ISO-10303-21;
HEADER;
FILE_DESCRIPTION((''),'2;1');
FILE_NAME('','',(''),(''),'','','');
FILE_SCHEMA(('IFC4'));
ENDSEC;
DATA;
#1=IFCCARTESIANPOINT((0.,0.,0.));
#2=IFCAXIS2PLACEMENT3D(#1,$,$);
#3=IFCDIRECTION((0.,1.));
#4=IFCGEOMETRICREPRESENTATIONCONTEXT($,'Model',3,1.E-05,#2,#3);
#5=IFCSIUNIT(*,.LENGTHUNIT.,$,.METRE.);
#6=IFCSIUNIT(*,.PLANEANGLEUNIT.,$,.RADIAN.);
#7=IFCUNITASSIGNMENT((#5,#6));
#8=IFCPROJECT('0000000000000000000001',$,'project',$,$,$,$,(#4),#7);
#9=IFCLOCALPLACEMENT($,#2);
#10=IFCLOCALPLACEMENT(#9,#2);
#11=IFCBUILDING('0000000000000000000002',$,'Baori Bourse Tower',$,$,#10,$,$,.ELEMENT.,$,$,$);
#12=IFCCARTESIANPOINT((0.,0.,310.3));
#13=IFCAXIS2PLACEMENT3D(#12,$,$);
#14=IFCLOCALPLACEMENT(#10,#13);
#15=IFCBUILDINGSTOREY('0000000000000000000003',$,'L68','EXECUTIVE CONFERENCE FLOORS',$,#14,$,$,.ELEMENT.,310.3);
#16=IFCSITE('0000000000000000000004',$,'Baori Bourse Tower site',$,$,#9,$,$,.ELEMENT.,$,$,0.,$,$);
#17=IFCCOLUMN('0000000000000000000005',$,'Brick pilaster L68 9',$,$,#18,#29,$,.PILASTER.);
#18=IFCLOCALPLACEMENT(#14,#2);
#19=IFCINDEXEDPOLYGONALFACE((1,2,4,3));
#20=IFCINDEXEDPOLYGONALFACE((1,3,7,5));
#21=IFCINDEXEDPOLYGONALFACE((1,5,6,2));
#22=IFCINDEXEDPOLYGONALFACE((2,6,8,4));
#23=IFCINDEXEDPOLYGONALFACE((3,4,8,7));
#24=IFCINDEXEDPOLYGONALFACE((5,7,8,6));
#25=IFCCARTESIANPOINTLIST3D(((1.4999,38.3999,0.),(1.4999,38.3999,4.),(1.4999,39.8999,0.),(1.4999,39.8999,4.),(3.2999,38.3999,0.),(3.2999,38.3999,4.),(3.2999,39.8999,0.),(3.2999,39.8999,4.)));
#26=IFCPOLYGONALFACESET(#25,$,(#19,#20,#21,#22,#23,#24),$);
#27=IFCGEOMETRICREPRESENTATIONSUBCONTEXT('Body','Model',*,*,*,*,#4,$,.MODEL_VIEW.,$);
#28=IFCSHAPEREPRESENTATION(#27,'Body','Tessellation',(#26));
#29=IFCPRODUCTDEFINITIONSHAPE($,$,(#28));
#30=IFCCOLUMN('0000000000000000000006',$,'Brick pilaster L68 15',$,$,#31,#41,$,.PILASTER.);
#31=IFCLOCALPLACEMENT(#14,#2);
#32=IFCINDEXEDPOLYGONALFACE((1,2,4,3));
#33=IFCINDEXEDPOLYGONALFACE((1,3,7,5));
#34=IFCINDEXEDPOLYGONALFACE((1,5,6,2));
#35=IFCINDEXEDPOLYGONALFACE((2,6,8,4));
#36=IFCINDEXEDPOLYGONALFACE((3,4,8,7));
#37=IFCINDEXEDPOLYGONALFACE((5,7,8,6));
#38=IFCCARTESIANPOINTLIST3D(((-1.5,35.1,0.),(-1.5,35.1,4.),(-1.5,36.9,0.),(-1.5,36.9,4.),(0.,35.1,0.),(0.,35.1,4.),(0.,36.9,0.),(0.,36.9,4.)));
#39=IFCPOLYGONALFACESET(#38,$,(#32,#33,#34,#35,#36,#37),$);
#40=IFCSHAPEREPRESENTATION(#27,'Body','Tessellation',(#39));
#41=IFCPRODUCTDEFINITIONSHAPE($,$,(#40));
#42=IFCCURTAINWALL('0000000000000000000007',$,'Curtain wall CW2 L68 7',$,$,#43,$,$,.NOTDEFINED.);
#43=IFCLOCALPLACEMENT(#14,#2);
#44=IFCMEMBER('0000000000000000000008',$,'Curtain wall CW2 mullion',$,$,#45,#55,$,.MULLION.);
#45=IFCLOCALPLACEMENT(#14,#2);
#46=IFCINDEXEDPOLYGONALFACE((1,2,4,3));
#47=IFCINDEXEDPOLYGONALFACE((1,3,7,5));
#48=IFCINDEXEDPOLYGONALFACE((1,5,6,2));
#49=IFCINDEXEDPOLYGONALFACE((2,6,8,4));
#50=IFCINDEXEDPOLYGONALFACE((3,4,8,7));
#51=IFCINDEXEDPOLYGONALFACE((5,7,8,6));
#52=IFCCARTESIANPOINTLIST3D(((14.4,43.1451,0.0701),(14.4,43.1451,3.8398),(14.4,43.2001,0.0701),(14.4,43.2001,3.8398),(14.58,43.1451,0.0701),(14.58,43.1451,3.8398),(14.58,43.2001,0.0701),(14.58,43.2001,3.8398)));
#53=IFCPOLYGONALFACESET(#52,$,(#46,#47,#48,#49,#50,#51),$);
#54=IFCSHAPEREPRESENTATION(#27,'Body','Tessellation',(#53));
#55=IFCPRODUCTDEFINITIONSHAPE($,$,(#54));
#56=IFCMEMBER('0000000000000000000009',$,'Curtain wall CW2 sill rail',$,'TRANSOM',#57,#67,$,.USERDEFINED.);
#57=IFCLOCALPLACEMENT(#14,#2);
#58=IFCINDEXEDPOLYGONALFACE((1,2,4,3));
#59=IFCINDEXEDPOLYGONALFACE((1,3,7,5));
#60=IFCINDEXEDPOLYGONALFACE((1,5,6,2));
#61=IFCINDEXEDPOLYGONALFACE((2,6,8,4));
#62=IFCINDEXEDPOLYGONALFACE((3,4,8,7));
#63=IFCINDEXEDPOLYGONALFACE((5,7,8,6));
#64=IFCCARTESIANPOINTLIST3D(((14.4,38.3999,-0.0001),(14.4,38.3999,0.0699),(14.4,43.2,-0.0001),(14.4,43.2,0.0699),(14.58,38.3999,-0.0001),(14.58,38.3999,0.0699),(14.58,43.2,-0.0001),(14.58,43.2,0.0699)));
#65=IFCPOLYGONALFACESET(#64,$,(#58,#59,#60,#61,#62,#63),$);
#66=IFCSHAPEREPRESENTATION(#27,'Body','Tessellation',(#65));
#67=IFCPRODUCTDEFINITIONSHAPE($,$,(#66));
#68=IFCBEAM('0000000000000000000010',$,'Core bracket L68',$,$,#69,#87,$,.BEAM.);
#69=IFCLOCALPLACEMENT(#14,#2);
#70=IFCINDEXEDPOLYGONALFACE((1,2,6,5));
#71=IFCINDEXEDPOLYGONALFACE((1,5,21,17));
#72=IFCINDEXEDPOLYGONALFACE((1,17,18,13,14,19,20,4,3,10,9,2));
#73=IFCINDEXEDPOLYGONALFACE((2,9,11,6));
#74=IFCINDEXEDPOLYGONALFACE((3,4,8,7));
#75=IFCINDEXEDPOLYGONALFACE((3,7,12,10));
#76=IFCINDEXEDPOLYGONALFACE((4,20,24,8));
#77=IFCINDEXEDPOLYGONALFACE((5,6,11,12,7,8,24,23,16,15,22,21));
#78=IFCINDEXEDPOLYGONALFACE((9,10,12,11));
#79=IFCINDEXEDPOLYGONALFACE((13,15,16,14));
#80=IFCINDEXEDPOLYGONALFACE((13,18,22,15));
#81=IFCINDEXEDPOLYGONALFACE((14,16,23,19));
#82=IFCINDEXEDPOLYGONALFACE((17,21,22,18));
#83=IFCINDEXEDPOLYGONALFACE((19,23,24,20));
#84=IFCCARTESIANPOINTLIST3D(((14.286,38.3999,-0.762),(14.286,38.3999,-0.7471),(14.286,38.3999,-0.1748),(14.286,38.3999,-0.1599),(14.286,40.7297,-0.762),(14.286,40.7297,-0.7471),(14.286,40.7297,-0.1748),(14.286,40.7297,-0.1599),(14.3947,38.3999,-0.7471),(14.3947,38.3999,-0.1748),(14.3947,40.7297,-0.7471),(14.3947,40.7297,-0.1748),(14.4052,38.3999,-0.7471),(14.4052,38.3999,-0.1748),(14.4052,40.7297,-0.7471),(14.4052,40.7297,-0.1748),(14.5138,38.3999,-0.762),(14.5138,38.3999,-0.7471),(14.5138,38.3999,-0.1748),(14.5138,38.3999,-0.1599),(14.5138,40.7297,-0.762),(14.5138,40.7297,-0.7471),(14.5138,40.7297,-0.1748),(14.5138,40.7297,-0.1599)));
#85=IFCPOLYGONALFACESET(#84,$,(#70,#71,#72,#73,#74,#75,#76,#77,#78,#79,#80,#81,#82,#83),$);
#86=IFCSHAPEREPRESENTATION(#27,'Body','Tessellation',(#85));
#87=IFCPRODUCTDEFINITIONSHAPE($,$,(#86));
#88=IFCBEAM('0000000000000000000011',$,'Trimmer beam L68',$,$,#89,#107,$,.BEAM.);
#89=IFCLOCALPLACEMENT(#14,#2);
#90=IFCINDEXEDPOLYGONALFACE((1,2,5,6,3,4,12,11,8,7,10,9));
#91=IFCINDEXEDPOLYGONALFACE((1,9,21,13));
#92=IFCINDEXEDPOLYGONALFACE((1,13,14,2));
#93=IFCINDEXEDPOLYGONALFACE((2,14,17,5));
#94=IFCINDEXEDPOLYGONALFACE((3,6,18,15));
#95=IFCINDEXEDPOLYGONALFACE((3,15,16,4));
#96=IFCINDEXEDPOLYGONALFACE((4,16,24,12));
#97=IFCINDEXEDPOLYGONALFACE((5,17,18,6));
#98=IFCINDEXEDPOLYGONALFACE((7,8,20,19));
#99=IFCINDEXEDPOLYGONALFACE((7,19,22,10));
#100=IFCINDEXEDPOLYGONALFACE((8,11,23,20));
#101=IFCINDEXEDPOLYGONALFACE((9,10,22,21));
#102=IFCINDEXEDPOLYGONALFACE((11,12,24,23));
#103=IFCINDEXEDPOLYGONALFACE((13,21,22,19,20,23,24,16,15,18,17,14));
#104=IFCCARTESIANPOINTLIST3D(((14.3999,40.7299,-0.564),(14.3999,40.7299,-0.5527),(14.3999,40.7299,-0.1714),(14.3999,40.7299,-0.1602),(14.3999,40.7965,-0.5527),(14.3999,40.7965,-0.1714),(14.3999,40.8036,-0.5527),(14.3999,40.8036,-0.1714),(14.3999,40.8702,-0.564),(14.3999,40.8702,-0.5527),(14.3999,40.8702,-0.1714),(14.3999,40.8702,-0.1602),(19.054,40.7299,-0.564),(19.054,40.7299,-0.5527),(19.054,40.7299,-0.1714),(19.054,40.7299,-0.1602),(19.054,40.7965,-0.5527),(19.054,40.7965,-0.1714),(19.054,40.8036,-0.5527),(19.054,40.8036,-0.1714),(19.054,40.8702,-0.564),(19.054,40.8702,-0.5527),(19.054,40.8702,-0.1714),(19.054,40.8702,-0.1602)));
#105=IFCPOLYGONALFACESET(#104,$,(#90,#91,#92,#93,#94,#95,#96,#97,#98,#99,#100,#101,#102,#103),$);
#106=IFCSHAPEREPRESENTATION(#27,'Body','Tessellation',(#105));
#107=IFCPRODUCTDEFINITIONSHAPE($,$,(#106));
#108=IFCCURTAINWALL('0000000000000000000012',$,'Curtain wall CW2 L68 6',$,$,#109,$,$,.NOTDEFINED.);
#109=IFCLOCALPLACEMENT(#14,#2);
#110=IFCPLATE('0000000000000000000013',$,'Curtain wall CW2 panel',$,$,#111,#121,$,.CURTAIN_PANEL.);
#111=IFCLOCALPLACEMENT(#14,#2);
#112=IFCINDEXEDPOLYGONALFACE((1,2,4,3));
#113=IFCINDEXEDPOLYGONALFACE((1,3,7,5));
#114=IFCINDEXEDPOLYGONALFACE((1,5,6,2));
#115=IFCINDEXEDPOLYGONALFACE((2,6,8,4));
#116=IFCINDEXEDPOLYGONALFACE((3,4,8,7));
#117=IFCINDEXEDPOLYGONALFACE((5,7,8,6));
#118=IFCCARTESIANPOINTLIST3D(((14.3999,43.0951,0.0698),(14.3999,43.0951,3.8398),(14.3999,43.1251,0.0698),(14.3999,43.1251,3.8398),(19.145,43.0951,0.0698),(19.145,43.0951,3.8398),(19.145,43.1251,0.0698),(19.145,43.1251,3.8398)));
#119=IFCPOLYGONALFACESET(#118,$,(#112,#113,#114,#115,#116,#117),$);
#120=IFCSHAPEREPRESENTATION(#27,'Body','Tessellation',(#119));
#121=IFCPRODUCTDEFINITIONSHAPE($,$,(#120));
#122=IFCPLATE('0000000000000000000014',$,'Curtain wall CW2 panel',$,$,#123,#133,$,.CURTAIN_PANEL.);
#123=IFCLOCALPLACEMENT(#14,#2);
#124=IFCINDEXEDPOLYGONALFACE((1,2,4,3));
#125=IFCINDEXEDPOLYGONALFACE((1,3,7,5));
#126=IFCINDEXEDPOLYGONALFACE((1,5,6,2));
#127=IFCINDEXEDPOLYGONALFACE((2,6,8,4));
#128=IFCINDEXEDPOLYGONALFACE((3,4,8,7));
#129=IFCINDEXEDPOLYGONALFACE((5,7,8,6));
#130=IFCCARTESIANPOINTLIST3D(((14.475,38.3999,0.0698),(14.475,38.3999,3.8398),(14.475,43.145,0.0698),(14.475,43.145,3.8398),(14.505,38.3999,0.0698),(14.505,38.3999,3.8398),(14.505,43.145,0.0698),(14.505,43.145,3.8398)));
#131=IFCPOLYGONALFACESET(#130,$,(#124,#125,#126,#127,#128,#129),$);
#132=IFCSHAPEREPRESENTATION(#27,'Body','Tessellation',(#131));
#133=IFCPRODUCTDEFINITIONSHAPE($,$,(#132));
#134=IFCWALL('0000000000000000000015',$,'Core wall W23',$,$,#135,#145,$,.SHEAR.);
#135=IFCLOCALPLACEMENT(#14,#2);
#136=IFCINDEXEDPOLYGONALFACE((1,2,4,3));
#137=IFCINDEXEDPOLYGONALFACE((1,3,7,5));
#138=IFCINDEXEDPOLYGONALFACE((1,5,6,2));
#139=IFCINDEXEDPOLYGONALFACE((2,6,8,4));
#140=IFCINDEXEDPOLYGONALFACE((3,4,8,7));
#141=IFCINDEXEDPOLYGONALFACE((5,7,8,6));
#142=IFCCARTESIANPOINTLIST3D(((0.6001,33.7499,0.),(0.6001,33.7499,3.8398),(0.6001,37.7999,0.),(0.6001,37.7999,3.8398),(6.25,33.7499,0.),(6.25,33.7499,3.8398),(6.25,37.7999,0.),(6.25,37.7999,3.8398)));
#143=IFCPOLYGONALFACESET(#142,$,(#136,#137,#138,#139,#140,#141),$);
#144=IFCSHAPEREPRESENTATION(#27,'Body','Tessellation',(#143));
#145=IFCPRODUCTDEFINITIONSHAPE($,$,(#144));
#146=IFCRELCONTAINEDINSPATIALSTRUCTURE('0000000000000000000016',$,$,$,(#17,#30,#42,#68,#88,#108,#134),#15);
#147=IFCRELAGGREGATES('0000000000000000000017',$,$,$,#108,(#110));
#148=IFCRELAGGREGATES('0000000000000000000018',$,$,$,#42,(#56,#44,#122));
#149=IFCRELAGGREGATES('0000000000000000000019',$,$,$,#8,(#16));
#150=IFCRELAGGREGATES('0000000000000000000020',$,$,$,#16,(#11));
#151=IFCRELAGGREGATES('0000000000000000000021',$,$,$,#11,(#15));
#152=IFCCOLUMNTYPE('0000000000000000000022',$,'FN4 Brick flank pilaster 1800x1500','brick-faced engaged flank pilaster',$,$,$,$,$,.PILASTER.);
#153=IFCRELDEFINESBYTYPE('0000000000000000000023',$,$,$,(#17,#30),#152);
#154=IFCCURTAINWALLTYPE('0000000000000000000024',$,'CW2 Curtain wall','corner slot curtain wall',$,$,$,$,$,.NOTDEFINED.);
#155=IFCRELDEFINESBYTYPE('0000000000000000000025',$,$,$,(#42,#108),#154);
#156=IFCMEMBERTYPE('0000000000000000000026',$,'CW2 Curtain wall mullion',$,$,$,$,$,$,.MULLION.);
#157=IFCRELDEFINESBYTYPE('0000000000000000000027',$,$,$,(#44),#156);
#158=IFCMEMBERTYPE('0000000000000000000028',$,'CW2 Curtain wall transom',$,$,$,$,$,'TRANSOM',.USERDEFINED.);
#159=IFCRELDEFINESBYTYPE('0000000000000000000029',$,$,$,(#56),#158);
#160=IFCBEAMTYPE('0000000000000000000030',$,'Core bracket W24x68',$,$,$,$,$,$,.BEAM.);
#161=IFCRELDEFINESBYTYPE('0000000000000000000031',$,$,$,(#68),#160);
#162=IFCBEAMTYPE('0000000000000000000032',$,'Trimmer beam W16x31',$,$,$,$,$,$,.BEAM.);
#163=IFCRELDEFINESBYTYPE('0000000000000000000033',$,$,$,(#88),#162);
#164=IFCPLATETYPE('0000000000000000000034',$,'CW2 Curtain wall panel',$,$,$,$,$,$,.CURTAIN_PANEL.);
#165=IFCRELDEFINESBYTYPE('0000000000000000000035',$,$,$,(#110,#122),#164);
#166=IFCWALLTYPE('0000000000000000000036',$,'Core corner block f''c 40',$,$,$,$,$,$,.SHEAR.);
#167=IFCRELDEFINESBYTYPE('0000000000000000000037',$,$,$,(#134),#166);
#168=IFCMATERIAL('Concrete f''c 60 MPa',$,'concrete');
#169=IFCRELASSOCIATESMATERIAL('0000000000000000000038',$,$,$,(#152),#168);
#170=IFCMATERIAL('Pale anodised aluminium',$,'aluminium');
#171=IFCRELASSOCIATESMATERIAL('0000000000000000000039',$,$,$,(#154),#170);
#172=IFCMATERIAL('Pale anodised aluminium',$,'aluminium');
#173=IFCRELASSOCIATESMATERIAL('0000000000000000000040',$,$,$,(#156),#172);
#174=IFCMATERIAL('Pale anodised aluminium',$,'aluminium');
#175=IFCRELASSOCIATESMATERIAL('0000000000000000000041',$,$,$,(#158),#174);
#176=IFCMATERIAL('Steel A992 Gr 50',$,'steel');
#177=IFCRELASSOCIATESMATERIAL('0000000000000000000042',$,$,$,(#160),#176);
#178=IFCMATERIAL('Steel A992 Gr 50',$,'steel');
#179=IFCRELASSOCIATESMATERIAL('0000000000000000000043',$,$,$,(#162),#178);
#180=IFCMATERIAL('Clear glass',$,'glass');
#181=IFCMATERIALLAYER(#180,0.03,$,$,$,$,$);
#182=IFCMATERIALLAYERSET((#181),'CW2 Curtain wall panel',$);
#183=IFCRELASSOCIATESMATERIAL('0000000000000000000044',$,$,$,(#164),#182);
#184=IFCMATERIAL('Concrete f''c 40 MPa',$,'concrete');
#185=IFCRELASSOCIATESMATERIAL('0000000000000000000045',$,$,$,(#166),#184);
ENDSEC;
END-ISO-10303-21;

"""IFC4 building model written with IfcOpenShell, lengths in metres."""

from ifc_helpers import new_model, si_unit, direction, frame, frame_2d, origin, origin_2d, place, context, subcontext, project, spatial, rectangle, i_section, extrude, material, layer, layer_set, material_profile, profile_set, type_object, element, aggregate, save


model = new_model("IFC4")

# Units and contexts
model_context = context("Model", 3, precision=1e-05, world=origin(), true_north=direction((0.0, 1.0)))
body_context = subcontext(model_context, "Body", "Model", "MODEL_VIEW")
ifc_project = project(units=[si_unit("LENGTHUNIT", "METRE"), si_unit("PLANEANGLEUNIT", "RADIAN")], contexts=[model_context])

# Site, building, storey
site_placement = place(None, origin())
site = spatial("IfcSite", under=ifc_project, at=site_placement, Name="Baori Bourse Tower site", CompositionType="ELEMENT", RefElevation=0.0)
building_placement = place(site_placement, origin())
building = spatial("IfcBuilding", under=site, at=building_placement, Name="Baori Bourse Tower", CompositionType="ELEMENT")
storey_placement = place(building_placement, frame((0.0, 0.0, 310.3)))
storey = spatial("IfcBuildingStorey", under=building, at=storey_placement, Name="L68", Description="EXECUTIVE CONFERENCE FLOORS", CompositionType="ELEMENT", Elevation=310.3)

# Columns
ifc_material_1 = material(Name="Concrete f'c 60 MPa", Category="concrete")
ifc_material_profile_1 = material_profile(ifc_material_1, rectangle(XDim=1.8, YDim=1.5, at=origin_2d()), Name="RC 1800x1500")
ifc_profile_set_1 = profile_set([ifc_material_profile_1], Name="Concrete f'c 60 MPa")
column_type = type_object("IfcColumnType", Name="FN4 Brick flank pilaster 1800x1500", Description="brick-faced engaged flank pilaster", PredefinedType="PILASTER", material=ifc_profile_set_1)
for number, where, z_axis, x_axis, name in (
    (1, (2.3999, 39.1499, 0.0), (0.0, 0.0, 1.0), (1.0, 0.0, 0.0), "Brick pilaster L68 9"),
    (2, (-0.75, 36.0, 0.0), (0.0, 0.0, 1.0), (0.0, 1.0, 0.0), "Brick pilaster L68 15"),
):
    element("IfcColumn", number, at=place(storey_placement, frame(where, z_axis=z_axis, x_axis=x_axis)), inside=storey, type_object=column_type, Name=name, PredefinedType="PILASTER", context=body_context, shape_type="SweptSolid", body=[
        extrude(rectangle(XDim=1.8, YDim=1.5, at=origin_2d()), origin(), (0.0, 0.0, 1.0), 4.0),
    ])

# Curtain wall, members
ifc_material_2 = material(Name="Pale anodised aluminium", Category="aluminium")
curtain_wall_type = type_object("IfcCurtainWallType", Name="CW2 Curtain wall", Description="corner slot curtain wall", PredefinedType="NOTDEFINED", material=ifc_material_2)
curtain_wall_1_placement = place(storey_placement, origin())
curtain_wall_1 = element("IfcCurtainWall", 3, at=curtain_wall_1_placement, inside=storey, type_object=curtain_wall_type, Name="Curtain wall CW2 L68 7", PredefinedType="NOTDEFINED")
ifc_material_3 = material(Name="Pale anodised aluminium", Category="aluminium")
ifc_material_profile_2 = material_profile(ifc_material_3, rectangle(XDim=0.1799, YDim=0.0549, at=origin_2d()), Name="Mullion 55x180")
ifc_profile_set_2 = profile_set([ifc_material_profile_2], Name="Pale anodised aluminium")
member_type_1 = type_object("IfcMemberType", Name="CW2 Curtain wall mullion", PredefinedType="MULLION", material=ifc_profile_set_2)
member_1_placement = place(storey_placement, frame((14.49, 43.1726, 0.0701), z_axis=(0.0, 0.0, 1.0), x_axis=(1.0, 0.0, 0.0)))
member_1 = element("IfcMember", 4, at=member_1_placement, type_object=member_type_1, Name="Curtain wall CW2 mullion", PredefinedType="MULLION", context=body_context, shape_type="SweptSolid", body=[
    extrude(rectangle(XDim=0.1799, YDim=0.0549, at=origin_2d()), origin(), (0.0, 0.0, 1.0), 3.7698),
])
ifc_material_4 = material(Name="Pale anodised aluminium", Category="aluminium")
ifc_material_profile_3 = material_profile(ifc_material_4, rectangle(XDim=0.1799, YDim=0.0701, at=origin_2d()), Name="Transom 70x180")
ifc_profile_set_3 = profile_set([ifc_material_profile_3], Name="Pale anodised aluminium")
member_type_2 = type_object("IfcMemberType", Name="CW2 Curtain wall transom", ElementType="TRANSOM", PredefinedType="USERDEFINED", material=ifc_profile_set_3)
member_2_placement = place(storey_placement, frame((14.49, 43.2, 0.0349), z_axis=(0.0, -1.0, 0.0), x_axis=(1.0, 0.0, 0.0)))
member_2 = element("IfcMember", 5, at=member_2_placement, type_object=member_type_2, Name="Curtain wall CW2 sill rail", ObjectType="TRANSOM", PredefinedType="USERDEFINED", context=body_context, shape_type="SweptSolid", body=[
    extrude(rectangle(XDim=0.1799, YDim=0.0701, at=origin_2d()), origin(), (0.0, 0.0, 1.0), 4.8),
])

# Beams
ifc_material_5 = material(Name="Steel A992 Gr 50", Category="steel")
ifc_material_profile_4 = material_profile(ifc_material_5, i_section(OverallWidth=0.2278, OverallDepth=0.6021, WebThickness=0.0105, FlangeThickness=0.0149, at=origin_2d()), Name="W24x68")
ifc_profile_set_4 = profile_set([ifc_material_profile_4], Name="Steel A992 Gr 50")
beam_type_1 = type_object("IfcBeamType", Name="Core bracket W24x68", PredefinedType="BEAM", material=ifc_profile_set_4)
beam_1_placement = place(storey_placement, frame((14.3999, 38.3999, -0.4609), z_axis=(0.0, 1.0, 0.0), x_axis=(-1.0, 0.0, 0.0)))
element("IfcBeam", 6, at=beam_1_placement, inside=storey, type_object=beam_type_1, Name="Core bracket L68", PredefinedType="BEAM", context=body_context, shape_type="SweptSolid", body=[
    extrude(i_section(OverallWidth=0.2278, OverallDepth=0.6021, WebThickness=0.0105, FlangeThickness=0.0149, at=origin_2d()), origin(), (0.0, 0.0, 1.0), 2.3298),
])
ifc_material_6 = material(Name="Steel A992 Gr 50", Category="steel")
ifc_material_profile_5 = material_profile(ifc_material_6, i_section(OverallWidth=0.1404, OverallDepth=0.4038, WebThickness=0.0071, FlangeThickness=0.0112, at=origin_2d()), Name="W16x31")
ifc_profile_set_5 = profile_set([ifc_material_profile_5], Name="Steel A992 Gr 50")
beam_type_2 = type_object("IfcBeamType", Name="Trimmer beam W16x31", PredefinedType="BEAM", material=ifc_profile_set_5)
beam_2_placement = place(storey_placement, frame((14.3999, 40.8, -0.3621), z_axis=(1.0, 0.0, 0.0), x_axis=(0.0, 1.0, 0.0)))
element("IfcBeam", 7, at=beam_2_placement, inside=storey, type_object=beam_type_2, Name="Trimmer beam L68", PredefinedType="BEAM", context=body_context, shape_type="SweptSolid", body=[
    extrude(i_section(OverallWidth=0.1404, OverallDepth=0.4038, WebThickness=0.0071, FlangeThickness=0.0112, at=origin_2d()), origin(), (0.0, 0.0, 1.0), 4.6541),
])

# Curtain wall, plate
curtain_wall_2_placement = place(storey_placement, origin())
curtain_wall_2 = element("IfcCurtainWall", 8, at=curtain_wall_2_placement, inside=storey, type_object=curtain_wall_type, Name="Curtain wall CW2 L68 6", PredefinedType="NOTDEFINED")
ifc_material_7 = material(Name="Clear glass", Category="glass")
ifc_layer_1 = layer(ifc_material_7, 0.03)
ifc_layer_set_1 = layer_set([ifc_layer_1], Name="CW2 Curtain wall panel")
plate_type = type_object("IfcPlateType", Name="CW2 Curtain wall panel", PredefinedType="CURTAIN_PANEL", material=ifc_layer_set_1)
plate_1_placement = place(storey_placement, frame((16.7725, 43.1101, 0.0698), z_axis=(0.0, 0.0, 1.0), x_axis=(-1.0, 0.0, 0.0)))
plate_1 = element("IfcPlate", 9, at=plate_1_placement, type_object=plate_type, Name="Curtain wall CW2 panel", PredefinedType="CURTAIN_PANEL", context=body_context, shape_type="SweptSolid", body=[
    extrude(rectangle(XDim=4.7451, YDim=0.03, at=origin_2d()), origin(), (0.0, 0.0, 1.0), 3.77),
])
aggregate(curtain_wall_2, [plate_1])

# Plate
plate_2_placement = place(storey_placement, frame((14.49, 40.7725, 0.0698), z_axis=(0.0, 0.0, 1.0), x_axis=(0.0, -1.0, 0.0)))
plate_2 = element("IfcPlate", 10, at=plate_2_placement, type_object=plate_type, Name="Curtain wall CW2 panel", PredefinedType="CURTAIN_PANEL", context=body_context, shape_type="SweptSolid", body=[
    extrude(rectangle(XDim=4.7451, YDim=0.03, at=origin_2d()), origin(), (0.0, 0.0, 1.0), 3.77),
])
aggregate(curtain_wall_1, [member_2, member_1, plate_2])

# Wall
ifc_material_8 = material(Name="Concrete f'c 40 MPa", Category="concrete")
wall_type_1 = type_object("IfcWallType", Name="Core corner block f'c 40", PredefinedType="SHEAR", material=ifc_material_8)
wall_1_placement = place(storey_placement, frame((0.6001, 35.7749, 0.0), z_axis=(0.0, 0.0, 1.0), x_axis=(1.0, 0.0, 0.0)))
element("IfcWall", 11, at=wall_1_placement, inside=storey, type_object=wall_type_1, Name="Core wall W23", PredefinedType="SHEAR", context=body_context, shape_type="SweptSolid", body=[
    extrude(rectangle(XDim=5.6499, YDim=4.05, at=frame_2d((2.825, 0.0))), origin(), (0.0, 0.0, 1.0), 3.8398),
])

save(model, "model.ifc")
